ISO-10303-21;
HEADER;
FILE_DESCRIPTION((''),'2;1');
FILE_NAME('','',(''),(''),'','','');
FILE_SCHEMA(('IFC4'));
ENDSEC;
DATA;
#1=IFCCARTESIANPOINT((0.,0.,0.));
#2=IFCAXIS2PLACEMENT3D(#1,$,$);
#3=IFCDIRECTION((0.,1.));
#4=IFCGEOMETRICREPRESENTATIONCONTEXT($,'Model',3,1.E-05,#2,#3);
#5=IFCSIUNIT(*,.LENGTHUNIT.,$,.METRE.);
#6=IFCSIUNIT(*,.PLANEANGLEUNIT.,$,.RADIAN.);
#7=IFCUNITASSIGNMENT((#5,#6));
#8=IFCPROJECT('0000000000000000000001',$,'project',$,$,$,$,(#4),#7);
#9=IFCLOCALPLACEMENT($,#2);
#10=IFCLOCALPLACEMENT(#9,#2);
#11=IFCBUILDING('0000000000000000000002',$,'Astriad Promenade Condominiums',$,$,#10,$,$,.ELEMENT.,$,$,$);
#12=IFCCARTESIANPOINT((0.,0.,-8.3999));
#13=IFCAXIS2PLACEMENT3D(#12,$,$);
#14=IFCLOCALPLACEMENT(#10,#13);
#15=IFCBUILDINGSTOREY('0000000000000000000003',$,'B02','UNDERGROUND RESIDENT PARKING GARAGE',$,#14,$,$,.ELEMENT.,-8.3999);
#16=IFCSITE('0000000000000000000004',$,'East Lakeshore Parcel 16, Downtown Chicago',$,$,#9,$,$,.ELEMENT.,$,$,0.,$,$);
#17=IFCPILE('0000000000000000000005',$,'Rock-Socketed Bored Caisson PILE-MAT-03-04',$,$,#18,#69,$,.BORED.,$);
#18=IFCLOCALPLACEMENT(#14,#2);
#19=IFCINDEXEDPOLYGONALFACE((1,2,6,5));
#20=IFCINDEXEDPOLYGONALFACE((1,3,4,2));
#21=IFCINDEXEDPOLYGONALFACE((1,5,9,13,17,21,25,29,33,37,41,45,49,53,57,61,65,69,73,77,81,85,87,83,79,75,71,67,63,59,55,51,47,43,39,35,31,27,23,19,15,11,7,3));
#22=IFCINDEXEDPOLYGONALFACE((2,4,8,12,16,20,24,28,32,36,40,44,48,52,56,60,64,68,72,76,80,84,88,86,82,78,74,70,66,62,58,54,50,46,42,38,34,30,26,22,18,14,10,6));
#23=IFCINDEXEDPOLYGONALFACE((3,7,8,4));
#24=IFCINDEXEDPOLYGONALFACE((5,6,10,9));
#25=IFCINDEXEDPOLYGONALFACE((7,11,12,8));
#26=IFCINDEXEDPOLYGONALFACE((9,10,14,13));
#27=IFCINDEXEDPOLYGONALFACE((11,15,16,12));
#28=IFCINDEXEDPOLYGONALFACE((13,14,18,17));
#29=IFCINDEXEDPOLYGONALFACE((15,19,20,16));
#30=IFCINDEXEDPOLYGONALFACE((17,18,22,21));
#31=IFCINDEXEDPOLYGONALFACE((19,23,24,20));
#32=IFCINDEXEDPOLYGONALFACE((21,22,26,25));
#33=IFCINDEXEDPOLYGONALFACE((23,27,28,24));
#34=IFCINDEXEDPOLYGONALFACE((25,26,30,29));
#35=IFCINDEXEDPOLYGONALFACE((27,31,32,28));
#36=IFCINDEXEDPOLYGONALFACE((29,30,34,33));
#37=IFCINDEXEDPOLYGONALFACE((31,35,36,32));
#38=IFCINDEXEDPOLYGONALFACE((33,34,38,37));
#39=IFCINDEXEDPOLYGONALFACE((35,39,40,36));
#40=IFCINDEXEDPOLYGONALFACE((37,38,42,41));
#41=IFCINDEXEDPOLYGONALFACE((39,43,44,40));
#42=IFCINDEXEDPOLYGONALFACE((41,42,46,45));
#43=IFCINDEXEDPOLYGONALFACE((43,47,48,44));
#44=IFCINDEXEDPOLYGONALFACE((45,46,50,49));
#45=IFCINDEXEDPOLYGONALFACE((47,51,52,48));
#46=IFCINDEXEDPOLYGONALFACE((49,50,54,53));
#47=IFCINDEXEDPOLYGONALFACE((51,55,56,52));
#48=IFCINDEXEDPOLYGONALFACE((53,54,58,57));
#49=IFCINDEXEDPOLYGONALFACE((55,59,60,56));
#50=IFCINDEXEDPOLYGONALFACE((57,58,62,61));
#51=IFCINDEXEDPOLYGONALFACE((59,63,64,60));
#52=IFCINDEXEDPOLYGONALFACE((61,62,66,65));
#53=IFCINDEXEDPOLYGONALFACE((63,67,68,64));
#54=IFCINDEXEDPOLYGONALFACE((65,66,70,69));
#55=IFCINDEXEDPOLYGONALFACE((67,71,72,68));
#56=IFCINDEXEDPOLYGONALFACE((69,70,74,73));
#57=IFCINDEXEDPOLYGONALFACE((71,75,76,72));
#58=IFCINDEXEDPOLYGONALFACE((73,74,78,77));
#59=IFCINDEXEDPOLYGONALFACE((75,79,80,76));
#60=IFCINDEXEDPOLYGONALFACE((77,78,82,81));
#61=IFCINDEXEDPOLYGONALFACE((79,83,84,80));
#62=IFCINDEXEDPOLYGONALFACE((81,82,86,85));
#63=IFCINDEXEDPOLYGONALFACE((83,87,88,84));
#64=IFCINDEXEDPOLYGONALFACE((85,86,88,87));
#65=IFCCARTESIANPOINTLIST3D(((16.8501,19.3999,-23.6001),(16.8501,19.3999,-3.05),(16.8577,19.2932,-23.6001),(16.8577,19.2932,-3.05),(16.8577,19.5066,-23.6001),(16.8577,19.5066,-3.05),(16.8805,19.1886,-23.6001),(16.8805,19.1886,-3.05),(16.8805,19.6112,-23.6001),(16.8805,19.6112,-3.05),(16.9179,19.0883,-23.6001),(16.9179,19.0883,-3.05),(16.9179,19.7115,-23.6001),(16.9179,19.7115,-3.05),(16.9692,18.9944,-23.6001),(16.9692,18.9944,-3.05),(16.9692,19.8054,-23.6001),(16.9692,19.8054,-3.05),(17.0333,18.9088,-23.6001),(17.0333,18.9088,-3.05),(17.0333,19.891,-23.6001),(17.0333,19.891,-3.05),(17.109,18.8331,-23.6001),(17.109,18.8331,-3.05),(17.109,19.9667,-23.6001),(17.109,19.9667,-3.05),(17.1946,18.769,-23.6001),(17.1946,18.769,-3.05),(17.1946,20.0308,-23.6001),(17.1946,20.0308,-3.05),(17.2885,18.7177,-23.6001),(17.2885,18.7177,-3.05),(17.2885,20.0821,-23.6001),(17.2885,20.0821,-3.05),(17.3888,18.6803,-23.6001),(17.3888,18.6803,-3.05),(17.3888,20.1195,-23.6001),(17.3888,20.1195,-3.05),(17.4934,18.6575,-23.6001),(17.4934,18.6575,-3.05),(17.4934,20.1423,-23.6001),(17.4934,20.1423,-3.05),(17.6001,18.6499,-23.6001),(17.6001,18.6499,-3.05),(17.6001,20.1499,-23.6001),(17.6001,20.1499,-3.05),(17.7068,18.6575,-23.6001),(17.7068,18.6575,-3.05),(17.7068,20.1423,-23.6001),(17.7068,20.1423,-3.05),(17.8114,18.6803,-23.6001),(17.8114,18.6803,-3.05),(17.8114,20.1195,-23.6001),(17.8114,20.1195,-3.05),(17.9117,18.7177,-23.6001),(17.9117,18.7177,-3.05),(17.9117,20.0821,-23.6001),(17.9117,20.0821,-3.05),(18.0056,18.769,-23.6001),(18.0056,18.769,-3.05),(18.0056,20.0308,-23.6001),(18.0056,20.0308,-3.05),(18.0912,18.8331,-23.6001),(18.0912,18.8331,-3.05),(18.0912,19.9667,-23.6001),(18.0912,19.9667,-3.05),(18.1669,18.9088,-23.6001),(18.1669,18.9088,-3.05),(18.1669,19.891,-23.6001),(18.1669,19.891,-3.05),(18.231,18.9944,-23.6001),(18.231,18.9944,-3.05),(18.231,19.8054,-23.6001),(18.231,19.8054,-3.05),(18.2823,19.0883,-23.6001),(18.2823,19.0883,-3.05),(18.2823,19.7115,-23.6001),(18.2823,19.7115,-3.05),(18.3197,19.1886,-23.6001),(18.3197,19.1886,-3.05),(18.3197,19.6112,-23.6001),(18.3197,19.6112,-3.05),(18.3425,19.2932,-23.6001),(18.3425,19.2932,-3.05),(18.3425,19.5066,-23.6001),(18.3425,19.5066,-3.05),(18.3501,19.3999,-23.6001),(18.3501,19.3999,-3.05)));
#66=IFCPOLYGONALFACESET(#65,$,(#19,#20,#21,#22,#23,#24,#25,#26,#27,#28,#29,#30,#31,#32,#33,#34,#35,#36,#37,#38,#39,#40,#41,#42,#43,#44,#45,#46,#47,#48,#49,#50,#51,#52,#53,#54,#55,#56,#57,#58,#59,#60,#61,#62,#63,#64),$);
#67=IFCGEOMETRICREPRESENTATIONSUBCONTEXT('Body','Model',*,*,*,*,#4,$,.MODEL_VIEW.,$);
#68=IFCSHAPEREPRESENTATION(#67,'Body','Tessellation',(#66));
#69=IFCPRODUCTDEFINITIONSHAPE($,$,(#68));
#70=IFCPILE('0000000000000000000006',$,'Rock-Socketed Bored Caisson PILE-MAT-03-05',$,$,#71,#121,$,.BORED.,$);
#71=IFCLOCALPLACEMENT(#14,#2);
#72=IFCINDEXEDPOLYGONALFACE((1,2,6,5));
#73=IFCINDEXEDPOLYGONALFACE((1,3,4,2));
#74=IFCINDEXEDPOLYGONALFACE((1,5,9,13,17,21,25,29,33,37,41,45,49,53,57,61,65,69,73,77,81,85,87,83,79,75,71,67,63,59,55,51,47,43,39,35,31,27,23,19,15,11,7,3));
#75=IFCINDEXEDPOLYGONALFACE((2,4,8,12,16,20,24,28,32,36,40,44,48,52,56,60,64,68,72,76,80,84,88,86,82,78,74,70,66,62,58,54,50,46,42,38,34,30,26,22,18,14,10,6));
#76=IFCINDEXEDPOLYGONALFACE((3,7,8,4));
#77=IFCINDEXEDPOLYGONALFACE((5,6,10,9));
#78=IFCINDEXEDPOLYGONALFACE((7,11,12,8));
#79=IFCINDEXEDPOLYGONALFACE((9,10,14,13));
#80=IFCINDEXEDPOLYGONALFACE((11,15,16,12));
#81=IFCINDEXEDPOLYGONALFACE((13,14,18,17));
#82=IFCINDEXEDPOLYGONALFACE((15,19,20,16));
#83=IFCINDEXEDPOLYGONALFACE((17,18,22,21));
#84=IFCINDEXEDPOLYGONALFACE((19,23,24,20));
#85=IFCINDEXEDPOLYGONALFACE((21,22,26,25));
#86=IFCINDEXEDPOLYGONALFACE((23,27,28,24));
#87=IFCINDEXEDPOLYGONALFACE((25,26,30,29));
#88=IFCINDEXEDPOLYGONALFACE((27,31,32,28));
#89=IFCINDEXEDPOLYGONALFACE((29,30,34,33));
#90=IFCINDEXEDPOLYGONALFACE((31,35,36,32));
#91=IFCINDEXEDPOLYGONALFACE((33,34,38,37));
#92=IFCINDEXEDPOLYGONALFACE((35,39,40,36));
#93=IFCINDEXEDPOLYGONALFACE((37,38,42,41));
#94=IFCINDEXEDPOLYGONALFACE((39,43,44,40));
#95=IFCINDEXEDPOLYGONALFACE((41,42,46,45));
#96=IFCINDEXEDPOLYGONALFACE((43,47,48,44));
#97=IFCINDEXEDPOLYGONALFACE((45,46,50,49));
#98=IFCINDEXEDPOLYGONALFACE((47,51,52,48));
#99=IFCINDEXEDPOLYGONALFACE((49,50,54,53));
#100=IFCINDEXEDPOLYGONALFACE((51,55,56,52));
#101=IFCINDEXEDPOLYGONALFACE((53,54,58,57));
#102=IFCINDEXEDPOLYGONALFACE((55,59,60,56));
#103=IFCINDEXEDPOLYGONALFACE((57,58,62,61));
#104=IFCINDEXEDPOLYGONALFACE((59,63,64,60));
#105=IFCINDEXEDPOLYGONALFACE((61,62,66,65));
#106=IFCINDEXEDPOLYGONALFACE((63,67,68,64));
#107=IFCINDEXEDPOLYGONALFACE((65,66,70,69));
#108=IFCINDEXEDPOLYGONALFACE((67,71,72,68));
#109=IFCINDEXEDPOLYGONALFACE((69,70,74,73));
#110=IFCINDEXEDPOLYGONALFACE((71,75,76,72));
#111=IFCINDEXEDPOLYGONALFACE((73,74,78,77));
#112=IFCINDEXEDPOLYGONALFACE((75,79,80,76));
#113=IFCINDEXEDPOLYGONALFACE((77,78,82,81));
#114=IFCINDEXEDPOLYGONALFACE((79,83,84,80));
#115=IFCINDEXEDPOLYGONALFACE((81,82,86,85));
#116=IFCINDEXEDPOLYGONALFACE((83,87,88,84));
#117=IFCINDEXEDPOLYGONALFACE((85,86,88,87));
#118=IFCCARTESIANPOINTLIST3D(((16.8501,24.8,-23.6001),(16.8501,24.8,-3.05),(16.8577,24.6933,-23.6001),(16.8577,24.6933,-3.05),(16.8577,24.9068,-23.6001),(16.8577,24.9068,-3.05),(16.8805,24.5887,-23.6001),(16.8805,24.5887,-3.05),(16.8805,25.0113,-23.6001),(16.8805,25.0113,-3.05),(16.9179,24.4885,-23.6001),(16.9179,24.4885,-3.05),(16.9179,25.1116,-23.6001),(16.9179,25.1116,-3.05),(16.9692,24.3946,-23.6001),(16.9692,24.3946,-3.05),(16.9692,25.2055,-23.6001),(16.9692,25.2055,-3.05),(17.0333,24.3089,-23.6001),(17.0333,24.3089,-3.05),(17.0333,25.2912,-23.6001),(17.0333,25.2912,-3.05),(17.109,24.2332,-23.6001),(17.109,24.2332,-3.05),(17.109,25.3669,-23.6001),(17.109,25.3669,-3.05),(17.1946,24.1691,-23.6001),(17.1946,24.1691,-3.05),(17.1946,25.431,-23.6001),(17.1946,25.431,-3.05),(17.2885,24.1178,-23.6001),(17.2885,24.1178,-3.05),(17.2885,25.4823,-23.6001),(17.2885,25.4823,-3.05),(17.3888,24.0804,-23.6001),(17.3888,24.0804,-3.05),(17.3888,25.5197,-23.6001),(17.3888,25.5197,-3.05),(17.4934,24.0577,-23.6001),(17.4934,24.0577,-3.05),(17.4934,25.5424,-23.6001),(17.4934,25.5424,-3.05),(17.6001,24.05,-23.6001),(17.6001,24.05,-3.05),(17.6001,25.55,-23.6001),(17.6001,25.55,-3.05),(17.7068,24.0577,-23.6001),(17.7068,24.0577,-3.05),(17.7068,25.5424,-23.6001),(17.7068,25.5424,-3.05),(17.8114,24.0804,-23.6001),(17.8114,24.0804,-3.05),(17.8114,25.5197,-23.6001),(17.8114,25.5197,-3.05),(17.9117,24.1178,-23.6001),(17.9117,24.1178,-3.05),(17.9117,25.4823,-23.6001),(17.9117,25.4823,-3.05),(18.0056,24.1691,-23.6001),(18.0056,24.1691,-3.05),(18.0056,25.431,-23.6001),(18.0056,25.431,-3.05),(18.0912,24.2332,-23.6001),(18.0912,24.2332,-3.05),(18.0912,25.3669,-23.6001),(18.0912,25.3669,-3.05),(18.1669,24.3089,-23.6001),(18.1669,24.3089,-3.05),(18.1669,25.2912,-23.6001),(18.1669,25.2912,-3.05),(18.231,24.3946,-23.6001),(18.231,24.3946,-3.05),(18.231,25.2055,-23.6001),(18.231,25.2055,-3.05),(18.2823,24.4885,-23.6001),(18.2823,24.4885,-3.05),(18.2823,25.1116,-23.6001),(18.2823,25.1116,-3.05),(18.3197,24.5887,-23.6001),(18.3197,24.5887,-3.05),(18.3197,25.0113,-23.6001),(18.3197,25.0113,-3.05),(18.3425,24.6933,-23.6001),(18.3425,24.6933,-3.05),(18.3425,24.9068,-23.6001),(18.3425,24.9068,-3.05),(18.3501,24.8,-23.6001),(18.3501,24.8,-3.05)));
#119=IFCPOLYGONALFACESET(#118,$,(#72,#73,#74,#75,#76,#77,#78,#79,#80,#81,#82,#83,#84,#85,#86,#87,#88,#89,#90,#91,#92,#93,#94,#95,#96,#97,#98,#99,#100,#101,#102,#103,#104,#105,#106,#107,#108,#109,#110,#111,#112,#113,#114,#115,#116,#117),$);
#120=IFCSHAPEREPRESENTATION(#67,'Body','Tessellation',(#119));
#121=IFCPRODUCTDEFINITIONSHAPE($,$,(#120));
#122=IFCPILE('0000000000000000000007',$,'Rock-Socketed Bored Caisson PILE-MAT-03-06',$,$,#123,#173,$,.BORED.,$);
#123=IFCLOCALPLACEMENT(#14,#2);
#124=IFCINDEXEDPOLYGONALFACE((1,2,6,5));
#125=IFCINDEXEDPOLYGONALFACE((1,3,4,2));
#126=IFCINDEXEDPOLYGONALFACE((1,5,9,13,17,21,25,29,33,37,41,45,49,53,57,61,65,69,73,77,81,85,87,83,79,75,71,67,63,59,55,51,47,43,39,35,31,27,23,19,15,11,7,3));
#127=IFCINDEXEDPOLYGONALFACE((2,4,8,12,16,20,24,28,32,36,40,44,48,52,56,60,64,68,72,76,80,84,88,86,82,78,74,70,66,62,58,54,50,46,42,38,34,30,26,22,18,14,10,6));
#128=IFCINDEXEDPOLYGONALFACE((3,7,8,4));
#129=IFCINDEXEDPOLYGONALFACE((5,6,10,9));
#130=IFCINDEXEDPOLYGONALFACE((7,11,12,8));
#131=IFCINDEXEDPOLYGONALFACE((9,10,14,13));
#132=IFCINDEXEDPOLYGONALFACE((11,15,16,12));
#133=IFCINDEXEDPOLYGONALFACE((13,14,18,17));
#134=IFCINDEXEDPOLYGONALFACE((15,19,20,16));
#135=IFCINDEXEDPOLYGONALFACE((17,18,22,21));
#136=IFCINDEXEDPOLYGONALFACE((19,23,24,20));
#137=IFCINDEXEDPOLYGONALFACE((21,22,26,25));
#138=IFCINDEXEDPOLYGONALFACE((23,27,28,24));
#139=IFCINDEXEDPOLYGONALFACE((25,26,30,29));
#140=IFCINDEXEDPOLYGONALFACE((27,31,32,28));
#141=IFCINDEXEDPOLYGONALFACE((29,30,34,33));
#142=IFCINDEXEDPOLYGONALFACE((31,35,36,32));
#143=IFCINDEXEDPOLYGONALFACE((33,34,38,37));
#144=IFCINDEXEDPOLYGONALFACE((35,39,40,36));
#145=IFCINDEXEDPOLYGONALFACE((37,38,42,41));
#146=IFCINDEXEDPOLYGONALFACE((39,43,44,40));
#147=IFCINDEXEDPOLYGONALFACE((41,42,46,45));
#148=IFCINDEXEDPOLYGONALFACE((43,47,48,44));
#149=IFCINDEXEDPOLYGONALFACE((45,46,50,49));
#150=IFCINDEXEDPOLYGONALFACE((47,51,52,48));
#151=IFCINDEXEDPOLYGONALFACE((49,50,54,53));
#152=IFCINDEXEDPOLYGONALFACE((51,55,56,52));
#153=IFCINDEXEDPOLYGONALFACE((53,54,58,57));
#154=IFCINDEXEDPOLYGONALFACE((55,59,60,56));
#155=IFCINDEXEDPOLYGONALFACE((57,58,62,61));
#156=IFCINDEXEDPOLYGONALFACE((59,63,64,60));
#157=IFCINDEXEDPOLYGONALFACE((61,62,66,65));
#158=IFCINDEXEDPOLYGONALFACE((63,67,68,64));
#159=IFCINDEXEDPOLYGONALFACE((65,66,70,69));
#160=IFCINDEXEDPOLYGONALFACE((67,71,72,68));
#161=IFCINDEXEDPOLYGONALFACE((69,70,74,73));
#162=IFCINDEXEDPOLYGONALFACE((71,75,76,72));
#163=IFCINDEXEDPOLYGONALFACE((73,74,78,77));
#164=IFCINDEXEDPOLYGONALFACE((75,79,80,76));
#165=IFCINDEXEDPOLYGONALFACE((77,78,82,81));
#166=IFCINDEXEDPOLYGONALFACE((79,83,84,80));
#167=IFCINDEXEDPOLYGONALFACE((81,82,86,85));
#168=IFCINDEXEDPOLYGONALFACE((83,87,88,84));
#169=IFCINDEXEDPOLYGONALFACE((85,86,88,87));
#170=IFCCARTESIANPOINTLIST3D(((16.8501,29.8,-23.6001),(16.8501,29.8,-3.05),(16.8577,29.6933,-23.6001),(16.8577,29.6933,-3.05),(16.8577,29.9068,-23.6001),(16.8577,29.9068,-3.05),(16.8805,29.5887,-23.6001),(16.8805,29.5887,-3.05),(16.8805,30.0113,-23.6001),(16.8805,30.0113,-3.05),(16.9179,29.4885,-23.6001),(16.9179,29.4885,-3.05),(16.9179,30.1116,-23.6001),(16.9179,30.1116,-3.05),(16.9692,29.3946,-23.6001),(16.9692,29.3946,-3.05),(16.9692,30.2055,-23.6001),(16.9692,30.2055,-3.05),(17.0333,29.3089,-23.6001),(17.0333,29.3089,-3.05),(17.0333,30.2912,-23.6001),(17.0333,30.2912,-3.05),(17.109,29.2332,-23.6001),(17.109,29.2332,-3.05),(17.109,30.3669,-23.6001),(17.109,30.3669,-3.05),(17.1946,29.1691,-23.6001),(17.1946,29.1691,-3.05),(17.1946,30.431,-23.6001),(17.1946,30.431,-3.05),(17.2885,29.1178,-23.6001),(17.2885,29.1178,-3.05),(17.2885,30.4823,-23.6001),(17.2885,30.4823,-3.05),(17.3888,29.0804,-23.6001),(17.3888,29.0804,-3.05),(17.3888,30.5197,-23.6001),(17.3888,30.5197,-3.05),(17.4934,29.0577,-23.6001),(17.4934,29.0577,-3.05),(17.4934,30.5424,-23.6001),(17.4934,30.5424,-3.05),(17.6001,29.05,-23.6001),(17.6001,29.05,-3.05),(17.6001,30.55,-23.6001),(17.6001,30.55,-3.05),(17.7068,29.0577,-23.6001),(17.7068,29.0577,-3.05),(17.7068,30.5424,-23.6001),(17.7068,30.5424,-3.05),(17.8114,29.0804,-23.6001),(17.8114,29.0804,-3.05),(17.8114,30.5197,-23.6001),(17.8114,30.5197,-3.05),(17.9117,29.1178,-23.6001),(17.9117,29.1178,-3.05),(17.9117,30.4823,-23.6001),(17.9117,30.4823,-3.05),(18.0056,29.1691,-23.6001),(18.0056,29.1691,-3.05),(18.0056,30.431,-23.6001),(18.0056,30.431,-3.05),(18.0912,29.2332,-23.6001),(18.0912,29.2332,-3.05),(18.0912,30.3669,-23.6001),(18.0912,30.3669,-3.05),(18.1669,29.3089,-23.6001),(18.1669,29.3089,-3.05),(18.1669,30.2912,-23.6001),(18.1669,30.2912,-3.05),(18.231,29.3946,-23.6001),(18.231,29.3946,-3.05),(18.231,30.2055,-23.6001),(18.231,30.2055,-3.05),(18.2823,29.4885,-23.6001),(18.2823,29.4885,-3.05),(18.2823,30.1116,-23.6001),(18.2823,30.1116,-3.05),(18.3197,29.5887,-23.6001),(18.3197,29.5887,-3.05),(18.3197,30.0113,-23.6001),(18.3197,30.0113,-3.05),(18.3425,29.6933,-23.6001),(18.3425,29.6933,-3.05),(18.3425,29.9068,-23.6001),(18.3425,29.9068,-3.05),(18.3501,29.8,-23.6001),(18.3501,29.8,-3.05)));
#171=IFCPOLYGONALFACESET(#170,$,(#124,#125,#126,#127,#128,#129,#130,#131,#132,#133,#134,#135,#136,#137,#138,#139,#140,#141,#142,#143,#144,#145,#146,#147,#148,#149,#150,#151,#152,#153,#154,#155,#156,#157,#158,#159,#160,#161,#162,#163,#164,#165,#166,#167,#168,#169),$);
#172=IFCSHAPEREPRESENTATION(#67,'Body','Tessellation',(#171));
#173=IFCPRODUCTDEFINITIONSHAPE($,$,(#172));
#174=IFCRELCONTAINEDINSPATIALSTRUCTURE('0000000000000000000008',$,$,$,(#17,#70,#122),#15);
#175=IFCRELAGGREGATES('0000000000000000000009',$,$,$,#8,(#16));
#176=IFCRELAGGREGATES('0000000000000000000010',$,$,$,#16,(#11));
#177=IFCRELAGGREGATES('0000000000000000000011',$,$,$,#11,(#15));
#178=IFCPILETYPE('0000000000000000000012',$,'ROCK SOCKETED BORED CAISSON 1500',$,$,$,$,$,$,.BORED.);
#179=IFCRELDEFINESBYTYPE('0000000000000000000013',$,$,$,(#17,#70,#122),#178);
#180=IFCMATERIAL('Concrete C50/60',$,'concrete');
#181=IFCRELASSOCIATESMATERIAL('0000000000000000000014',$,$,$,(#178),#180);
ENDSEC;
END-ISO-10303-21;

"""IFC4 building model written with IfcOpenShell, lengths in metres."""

from ifc_helpers import new_model, si_unit, direction, frame, origin, origin_2d, place, context, subcontext, project, spatial, circle, extrude, source, transform, mapped, material, material_profile, profile_set, type_object, type_shapes, element, save


model = new_model("IFC4")

# Units and contexts
model_context = context("Model", 3, precision=1e-05, world=origin(), true_north=direction((0.0, 1.0)))
body_context = subcontext(model_context, "Body", "Model", "MODEL_VIEW")
ifc_project = project(units=[si_unit("LENGTHUNIT", "METRE"), si_unit("PLANEANGLEUNIT", "RADIAN")], contexts=[model_context])

# Site, building, storey
site_placement = place(None, origin())
site = spatial("IfcSite", under=ifc_project, at=site_placement, Name="East Lakeshore Parcel 16, Downtown Chicago", CompositionType="ELEMENT", RefElevation=0.0)
building_placement = place(site_placement, origin())
building = spatial("IfcBuilding", under=site, at=building_placement, Name="Astriad Promenade Condominiums", CompositionType="ELEMENT")
storey_placement = place(building_placement, frame((0.0, 0.0, -8.3999)))
storey = spatial("IfcBuildingStorey", under=building, at=storey_placement, Name="B02", Description="UNDERGROUND RESIDENT PARKING GARAGE", CompositionType="ELEMENT", Elevation=-8.3999)

# Piles
ifc_material_1 = material(Name="Concrete C50/60", Category="concrete")
ifc_material_profile_1 = material_profile(ifc_material_1, circle(Radius=0.75, at=origin_2d()), Name="CAISSON-D1500")
ifc_profile_set_1 = profile_set([ifc_material_profile_1], Name="Concrete C50/60")
pile_type_1 = type_object("IfcPileType", Name="ROCK SOCKETED BORED CAISSON 1500", PredefinedType="BORED", material=ifc_profile_set_1)
shared_shape_1 = source(origin(), body_context, "Body", "SweptSolid", [
    extrude(circle(Radius=0.75, at=origin_2d()), origin(), (0.0, 0.0, 1.0), 20.55),
])
type_shapes(pile_type_1, [shared_shape_1])
for number, where, z_axis, x_axis, name in (
    (1, (17.6001, 19.3999, -3.05), (0.0, 0.0, -1.0), (1.0, 0.0, 0.0), "Rock-Socketed Bored Caisson PILE-MAT-03-04"),
    (2, (17.6001, 24.8, -3.05), (0.0, 0.0, -1.0), (1.0, 0.0, 0.0), "Rock-Socketed Bored Caisson PILE-MAT-03-05"),
    (3, (17.6001, 29.8, -3.05), (0.0, 0.0, -1.0), (1.0, 0.0, 0.0), "Rock-Socketed Bored Caisson PILE-MAT-03-06"),
):
    element("IfcPile", number, at=place(storey_placement, frame(where, z_axis=z_axis, x_axis=x_axis)), inside=storey, type_object=pile_type_1, Name=name, PredefinedType="BORED", context=body_context, shape_type="MappedRepresentation", body=[
        mapped(shared_shape_1, transform((0.0, 0.0, 0.0), scale=1.0)),
    ])

save(model, "model.ifc")
